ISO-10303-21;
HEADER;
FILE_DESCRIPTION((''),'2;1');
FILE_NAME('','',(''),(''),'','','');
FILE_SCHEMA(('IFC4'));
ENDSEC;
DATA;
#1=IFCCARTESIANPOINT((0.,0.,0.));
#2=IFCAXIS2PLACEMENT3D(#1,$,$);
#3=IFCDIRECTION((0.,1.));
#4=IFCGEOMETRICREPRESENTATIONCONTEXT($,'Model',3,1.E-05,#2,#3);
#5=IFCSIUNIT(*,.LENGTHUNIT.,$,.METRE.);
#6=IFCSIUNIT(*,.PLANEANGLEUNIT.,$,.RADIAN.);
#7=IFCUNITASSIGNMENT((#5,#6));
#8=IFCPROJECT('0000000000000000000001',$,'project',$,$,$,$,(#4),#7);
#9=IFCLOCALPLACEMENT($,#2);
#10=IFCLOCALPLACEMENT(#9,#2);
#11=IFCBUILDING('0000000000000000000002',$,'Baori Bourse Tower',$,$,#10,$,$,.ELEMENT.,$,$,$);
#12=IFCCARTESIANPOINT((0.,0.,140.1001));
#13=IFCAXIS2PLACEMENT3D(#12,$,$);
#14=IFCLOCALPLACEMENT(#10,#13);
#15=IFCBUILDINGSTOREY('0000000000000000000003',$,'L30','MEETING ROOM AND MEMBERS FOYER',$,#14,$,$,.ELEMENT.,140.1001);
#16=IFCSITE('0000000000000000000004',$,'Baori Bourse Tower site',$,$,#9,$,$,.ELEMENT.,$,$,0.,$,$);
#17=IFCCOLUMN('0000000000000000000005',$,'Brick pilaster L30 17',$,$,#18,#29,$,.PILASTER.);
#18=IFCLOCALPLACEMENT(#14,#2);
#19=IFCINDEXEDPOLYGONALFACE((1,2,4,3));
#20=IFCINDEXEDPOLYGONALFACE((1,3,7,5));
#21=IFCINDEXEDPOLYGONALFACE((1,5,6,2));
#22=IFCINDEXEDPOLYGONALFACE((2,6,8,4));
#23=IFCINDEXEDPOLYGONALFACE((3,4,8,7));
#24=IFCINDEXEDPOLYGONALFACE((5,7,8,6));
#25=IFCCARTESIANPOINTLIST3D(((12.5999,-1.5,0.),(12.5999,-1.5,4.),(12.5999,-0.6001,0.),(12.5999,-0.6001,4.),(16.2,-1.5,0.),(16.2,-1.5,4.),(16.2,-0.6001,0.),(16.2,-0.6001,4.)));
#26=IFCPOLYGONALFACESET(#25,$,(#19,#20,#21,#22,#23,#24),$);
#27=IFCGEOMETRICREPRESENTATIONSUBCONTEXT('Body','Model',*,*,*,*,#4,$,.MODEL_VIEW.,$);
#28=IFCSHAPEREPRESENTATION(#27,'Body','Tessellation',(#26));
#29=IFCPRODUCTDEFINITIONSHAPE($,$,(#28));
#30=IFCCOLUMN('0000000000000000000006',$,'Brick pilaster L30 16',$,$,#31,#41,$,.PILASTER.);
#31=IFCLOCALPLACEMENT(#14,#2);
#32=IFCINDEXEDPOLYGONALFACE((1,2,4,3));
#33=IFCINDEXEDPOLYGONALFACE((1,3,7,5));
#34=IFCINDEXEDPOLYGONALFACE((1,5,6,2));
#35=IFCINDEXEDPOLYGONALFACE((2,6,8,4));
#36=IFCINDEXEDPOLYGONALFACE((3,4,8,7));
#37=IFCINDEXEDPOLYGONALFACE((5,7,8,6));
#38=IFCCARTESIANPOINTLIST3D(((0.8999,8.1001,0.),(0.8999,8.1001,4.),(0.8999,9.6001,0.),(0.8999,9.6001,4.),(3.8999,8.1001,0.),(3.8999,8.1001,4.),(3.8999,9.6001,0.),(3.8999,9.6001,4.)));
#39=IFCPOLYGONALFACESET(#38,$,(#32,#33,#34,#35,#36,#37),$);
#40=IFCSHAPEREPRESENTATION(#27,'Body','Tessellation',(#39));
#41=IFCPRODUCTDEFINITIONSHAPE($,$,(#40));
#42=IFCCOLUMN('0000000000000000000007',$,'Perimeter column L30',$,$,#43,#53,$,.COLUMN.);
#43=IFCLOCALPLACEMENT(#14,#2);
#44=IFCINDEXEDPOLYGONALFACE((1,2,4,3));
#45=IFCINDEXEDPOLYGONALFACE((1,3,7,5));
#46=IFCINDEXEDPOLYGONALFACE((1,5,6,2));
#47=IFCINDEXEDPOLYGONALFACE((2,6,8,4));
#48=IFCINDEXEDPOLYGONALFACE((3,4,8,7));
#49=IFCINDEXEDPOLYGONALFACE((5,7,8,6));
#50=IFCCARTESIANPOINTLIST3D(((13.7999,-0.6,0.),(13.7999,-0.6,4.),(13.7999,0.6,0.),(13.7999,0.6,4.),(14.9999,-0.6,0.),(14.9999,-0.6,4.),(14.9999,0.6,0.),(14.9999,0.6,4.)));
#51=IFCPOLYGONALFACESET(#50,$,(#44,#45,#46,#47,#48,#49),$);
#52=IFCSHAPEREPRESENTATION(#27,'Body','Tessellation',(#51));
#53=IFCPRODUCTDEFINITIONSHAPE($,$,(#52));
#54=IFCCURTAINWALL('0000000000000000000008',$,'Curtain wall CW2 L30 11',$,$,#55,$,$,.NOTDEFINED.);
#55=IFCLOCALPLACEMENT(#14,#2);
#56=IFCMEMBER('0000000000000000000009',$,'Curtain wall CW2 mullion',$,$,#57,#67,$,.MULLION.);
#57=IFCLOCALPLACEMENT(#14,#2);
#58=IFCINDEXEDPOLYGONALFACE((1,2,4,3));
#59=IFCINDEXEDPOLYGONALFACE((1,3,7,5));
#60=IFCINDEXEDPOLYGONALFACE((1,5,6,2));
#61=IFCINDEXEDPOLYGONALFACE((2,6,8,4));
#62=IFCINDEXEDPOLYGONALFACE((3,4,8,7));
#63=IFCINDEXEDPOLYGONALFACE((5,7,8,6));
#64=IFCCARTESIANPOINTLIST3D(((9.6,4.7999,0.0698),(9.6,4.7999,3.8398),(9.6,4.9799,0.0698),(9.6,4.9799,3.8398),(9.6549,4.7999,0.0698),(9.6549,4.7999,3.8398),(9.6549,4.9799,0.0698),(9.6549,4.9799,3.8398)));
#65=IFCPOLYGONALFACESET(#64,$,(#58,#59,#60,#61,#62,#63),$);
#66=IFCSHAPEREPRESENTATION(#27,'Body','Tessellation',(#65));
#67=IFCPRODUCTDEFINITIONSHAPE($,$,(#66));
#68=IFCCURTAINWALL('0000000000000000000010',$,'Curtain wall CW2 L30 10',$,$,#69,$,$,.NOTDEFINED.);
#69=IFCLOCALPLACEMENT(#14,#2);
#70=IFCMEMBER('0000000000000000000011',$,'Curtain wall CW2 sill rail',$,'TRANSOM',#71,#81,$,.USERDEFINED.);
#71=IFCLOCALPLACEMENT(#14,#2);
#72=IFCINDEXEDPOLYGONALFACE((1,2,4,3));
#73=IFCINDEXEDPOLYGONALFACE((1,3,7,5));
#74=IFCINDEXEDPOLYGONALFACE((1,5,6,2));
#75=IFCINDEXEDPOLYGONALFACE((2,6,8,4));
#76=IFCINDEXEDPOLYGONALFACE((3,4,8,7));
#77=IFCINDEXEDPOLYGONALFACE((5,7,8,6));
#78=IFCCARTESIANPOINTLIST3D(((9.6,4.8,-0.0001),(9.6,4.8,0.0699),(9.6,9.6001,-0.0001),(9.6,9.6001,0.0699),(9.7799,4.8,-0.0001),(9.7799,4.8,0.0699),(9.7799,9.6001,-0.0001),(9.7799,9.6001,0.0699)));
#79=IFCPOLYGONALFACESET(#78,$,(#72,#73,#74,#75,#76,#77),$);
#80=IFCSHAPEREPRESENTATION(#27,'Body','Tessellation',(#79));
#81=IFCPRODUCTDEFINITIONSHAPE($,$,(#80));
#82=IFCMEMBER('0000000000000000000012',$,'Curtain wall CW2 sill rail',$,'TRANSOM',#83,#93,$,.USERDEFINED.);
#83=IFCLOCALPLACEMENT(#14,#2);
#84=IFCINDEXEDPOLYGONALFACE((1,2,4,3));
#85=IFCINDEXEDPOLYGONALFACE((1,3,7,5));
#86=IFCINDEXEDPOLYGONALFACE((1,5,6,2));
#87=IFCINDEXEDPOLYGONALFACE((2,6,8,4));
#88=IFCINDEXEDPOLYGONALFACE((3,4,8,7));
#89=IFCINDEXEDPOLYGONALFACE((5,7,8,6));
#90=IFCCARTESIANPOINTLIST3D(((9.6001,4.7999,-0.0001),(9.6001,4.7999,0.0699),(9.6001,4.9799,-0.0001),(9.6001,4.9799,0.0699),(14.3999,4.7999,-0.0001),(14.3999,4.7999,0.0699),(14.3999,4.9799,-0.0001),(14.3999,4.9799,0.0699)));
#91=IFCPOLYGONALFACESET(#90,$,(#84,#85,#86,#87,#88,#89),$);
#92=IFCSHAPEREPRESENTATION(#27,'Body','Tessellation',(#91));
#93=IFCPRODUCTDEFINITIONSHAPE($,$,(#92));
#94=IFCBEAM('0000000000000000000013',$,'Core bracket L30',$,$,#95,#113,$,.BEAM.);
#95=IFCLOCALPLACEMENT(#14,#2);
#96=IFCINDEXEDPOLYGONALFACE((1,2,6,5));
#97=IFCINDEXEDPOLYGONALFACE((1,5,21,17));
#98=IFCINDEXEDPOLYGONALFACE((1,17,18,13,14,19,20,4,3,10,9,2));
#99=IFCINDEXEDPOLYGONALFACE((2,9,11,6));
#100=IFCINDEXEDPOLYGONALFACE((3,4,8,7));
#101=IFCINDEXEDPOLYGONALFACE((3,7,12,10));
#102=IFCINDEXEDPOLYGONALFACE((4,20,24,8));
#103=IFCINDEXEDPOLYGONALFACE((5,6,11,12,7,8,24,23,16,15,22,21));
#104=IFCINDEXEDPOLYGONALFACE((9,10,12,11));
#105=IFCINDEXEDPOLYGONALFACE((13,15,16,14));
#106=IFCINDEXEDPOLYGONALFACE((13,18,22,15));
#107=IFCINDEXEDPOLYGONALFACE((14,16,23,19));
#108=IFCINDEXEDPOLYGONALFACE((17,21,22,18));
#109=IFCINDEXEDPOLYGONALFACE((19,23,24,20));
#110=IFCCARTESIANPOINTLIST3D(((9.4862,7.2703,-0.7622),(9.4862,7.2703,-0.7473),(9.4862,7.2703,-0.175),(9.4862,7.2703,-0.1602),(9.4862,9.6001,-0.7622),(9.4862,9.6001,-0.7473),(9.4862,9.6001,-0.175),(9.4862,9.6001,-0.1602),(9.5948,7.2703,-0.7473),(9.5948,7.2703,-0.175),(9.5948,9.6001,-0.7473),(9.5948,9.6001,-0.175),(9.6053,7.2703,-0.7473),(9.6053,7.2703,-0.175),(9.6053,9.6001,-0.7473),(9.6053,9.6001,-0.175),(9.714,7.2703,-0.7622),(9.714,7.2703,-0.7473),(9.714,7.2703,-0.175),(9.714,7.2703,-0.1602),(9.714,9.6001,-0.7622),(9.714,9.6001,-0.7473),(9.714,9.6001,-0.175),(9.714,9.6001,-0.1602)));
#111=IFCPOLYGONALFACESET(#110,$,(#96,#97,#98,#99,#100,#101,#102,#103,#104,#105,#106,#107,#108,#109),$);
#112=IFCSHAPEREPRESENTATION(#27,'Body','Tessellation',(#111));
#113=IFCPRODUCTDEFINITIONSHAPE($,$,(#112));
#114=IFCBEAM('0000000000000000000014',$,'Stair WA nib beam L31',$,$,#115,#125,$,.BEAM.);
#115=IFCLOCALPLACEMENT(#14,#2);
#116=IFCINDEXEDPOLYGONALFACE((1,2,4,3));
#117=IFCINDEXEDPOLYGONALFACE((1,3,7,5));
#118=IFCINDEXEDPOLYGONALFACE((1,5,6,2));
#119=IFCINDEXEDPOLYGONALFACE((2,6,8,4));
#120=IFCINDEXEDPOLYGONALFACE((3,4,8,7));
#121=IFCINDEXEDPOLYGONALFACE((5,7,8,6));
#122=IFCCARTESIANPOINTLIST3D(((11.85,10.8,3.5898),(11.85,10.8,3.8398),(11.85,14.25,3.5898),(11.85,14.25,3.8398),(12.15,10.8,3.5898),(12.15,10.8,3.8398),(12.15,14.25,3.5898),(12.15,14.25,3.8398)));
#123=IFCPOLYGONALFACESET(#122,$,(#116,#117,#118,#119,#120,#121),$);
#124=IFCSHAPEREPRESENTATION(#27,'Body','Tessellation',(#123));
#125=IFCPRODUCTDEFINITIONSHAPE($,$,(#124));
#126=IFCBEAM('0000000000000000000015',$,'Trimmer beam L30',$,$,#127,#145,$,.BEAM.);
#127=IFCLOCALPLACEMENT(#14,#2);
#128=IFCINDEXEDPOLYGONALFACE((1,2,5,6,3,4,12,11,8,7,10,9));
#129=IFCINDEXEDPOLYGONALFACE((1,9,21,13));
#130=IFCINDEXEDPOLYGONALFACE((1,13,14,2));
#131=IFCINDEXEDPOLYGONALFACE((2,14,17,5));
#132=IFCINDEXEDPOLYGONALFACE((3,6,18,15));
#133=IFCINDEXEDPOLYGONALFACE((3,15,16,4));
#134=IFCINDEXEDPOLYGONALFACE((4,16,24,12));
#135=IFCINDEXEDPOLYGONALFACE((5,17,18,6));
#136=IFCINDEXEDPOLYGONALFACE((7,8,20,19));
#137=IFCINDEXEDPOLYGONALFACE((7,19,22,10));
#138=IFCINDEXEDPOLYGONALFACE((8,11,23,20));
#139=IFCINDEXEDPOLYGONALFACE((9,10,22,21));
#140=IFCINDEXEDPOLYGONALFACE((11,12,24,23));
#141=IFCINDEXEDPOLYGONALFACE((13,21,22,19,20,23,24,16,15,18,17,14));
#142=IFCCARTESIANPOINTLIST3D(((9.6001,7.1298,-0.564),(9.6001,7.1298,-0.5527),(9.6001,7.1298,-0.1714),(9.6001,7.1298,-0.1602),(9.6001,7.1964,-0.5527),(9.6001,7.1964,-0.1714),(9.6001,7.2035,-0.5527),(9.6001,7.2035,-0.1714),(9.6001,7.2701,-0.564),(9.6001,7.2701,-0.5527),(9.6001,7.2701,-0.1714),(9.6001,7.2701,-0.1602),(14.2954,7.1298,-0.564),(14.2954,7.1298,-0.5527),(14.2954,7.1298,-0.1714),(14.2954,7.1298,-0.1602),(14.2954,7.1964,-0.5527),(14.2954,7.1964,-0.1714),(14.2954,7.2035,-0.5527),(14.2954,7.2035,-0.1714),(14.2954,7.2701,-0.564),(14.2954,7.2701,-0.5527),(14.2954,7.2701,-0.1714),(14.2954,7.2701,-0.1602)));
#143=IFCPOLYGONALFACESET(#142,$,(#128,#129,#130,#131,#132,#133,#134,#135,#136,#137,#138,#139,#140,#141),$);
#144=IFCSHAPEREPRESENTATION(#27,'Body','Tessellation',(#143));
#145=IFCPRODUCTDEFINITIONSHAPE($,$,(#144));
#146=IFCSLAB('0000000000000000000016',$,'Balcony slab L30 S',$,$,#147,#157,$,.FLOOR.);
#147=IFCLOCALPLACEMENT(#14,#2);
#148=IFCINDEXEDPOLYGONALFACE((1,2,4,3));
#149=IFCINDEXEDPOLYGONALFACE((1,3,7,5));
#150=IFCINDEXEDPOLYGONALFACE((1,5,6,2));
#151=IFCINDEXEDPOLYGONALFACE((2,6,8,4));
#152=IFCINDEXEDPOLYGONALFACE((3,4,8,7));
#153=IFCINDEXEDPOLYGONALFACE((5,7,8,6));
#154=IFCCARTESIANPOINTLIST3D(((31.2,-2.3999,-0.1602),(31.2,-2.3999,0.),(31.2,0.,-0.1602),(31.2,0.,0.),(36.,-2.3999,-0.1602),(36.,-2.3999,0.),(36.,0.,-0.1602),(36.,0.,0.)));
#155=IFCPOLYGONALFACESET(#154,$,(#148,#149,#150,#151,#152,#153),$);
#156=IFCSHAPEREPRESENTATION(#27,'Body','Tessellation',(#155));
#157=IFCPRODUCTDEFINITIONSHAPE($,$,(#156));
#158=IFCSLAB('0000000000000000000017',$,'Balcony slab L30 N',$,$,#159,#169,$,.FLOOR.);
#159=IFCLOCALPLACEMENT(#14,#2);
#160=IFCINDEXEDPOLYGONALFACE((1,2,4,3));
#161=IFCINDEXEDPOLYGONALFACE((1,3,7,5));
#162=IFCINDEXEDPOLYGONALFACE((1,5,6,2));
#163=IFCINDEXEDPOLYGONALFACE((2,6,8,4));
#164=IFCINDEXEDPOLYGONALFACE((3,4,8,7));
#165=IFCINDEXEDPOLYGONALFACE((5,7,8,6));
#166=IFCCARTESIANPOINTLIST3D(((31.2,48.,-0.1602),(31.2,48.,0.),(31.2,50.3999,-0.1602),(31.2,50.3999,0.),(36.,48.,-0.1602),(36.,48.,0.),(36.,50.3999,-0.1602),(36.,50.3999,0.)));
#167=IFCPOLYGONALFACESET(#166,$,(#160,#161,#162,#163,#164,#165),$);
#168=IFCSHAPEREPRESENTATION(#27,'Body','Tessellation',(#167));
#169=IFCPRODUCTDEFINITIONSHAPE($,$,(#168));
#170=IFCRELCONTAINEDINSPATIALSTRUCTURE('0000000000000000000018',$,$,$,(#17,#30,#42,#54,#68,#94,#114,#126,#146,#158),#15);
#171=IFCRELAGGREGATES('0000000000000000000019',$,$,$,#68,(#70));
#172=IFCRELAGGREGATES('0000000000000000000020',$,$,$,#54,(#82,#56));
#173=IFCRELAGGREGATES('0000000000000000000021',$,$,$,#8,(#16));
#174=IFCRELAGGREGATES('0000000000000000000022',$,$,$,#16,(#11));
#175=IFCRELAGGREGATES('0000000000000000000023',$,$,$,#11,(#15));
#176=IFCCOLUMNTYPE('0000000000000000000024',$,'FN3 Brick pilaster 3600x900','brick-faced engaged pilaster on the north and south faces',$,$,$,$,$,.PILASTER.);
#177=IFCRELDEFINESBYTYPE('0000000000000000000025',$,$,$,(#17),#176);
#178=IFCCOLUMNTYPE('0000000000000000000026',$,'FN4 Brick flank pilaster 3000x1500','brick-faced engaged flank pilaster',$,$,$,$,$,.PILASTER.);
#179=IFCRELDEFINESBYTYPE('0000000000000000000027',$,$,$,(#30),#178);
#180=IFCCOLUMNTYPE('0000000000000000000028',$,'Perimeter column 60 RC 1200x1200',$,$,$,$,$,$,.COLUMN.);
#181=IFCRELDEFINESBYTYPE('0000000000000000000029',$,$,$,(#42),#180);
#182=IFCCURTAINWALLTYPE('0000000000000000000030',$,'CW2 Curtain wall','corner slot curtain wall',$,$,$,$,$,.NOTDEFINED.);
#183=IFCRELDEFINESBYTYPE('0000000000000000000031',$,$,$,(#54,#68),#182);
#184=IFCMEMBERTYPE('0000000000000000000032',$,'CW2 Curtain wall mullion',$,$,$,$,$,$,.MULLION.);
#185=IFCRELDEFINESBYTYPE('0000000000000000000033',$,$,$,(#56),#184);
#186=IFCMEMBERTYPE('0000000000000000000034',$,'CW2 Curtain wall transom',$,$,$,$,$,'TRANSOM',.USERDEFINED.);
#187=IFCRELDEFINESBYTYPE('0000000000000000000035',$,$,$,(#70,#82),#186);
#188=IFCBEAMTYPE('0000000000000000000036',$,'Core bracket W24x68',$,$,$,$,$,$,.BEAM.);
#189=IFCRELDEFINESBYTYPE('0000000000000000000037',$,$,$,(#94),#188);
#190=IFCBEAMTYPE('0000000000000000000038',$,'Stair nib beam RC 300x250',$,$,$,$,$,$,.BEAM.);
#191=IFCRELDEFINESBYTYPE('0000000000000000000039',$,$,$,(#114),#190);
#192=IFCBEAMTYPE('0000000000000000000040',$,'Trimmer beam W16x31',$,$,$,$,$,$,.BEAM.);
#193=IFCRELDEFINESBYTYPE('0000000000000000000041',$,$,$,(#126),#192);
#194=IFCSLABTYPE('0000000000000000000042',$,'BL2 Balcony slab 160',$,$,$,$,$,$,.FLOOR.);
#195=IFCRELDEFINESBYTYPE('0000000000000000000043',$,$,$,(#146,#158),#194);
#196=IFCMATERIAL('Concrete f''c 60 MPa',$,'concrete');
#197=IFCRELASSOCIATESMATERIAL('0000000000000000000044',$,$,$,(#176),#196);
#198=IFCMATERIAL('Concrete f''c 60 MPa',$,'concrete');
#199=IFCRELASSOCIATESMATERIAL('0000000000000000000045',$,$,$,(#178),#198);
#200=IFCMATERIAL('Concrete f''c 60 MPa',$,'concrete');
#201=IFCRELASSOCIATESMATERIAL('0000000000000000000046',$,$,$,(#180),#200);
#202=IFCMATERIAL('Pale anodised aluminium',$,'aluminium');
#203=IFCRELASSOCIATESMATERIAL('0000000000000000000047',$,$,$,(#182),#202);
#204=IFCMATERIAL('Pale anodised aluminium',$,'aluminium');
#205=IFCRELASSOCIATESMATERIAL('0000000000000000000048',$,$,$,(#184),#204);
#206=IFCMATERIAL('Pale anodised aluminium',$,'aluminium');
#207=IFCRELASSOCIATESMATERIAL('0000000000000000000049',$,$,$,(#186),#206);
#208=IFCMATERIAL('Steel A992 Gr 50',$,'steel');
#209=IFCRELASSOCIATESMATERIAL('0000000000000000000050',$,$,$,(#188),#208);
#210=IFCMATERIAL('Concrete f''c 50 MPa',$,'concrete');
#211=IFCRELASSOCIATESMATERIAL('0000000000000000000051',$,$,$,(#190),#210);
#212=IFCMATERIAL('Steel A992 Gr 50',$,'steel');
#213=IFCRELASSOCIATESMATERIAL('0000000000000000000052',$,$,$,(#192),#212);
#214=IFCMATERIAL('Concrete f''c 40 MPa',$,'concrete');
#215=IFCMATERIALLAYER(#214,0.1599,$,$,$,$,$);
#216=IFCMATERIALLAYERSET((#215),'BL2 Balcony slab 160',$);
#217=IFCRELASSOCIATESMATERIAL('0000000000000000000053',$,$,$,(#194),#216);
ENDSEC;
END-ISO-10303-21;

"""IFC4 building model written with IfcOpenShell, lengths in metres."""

from ifc_helpers import new_model, si_unit, direction, frame, origin, origin_2d, place, context, subcontext, project, spatial, polyline, rectangle, i_section, outline, extrude, material, layer, layer_set, material_profile, profile_set, type_object, element, aggregate, save


model = new_model("IFC4")

# Units and contexts
model_context = context("Model", 3, precision=1e-05, world=origin(), true_north=direction((0.0, 1.0)))
body_context = subcontext(model_context, "Body", "Model", "MODEL_VIEW")
ifc_project = project(units=[si_unit("LENGTHUNIT", "METRE"), si_unit("PLANEANGLEUNIT", "RADIAN")], contexts=[model_context])

# Site, building, storey
site_placement = place(None, origin())
site = spatial("IfcSite", under=ifc_project, at=site_placement, Name="Baori Bourse Tower site", CompositionType="ELEMENT", RefElevation=0.0)
building_placement = place(site_placement, origin())
building = spatial("IfcBuilding", under=site, at=building_placement, Name="Baori Bourse Tower", CompositionType="ELEMENT")
storey_placement = place(building_placement, frame((0.0, 0.0, 140.1001)))
storey = spatial("IfcBuildingStorey", under=building, at=storey_placement, Name="L30", Description="MEETING ROOM AND MEMBERS FOYER", CompositionType="ELEMENT", Elevation=140.1001)

# Columns
ifc_material_1 = material(Name="Concrete f'c 60 MPa", Category="concrete")
ifc_material_profile_1 = material_profile(ifc_material_1, rectangle(XDim=3.6001, YDim=0.8999, at=origin_2d()), Name="RC 3600x900")
ifc_profile_set_1 = profile_set([ifc_material_profile_1], Name="Concrete f'c 60 MPa")
column_type_1 = type_object("IfcColumnType", Name="FN3 Brick pilaster 3600x900", Description="brick-faced engaged pilaster on the north and south faces", PredefinedType="PILASTER", material=ifc_profile_set_1)
column_1_placement = place(storey_placement, frame((14.3999, -1.05, 0.0), z_axis=(0.0, 0.0, 1.0), x_axis=(1.0, 0.0, 0.0)))
element("IfcColumn", 1, at=column_1_placement, inside=storey, type_object=column_type_1, Name="Brick pilaster L30 17", PredefinedType="PILASTER", context=body_context, shape_type="SweptSolid", body=[
    extrude(rectangle(XDim=3.6001, YDim=0.8999, at=origin_2d()), origin(), (0.0, 0.0, 1.0), 4.0),
])
ifc_material_2 = material(Name="Concrete f'c 60 MPa", Category="concrete")
ifc_material_profile_2 = material_profile(ifc_material_2, rectangle(XDim=3.0, YDim=1.5, at=origin_2d()), Name="RC 3000x1500")
ifc_profile_set_2 = profile_set([ifc_material_profile_2], Name="Concrete f'c 60 MPa")
column_type_2 = type_object("IfcColumnType", Name="FN4 Brick flank pilaster 3000x1500", Description="brick-faced engaged flank pilaster", PredefinedType="PILASTER", material=ifc_profile_set_2)
column_2_placement = place(storey_placement, frame((2.3999, 8.8501, 0.0), z_axis=(0.0, 0.0, 1.0), x_axis=(1.0, 0.0, 0.0)))
element("IfcColumn", 2, at=column_2_placement, inside=storey, type_object=column_type_2, Name="Brick pilaster L30 16", PredefinedType="PILASTER", context=body_context, shape_type="SweptSolid", body=[
    extrude(rectangle(XDim=3.0, YDim=1.5, at=origin_2d()), origin(), (0.0, 0.0, 1.0), 4.0),
])
ifc_material_3 = material(Name="Concrete f'c 60 MPa", Category="concrete")
ifc_material_profile_3 = material_profile(ifc_material_3, rectangle(XDim=1.2, YDim=1.2, at=origin_2d()), Name="RC 1200x1200")
ifc_profile_set_3 = profile_set([ifc_material_profile_3], Name="Concrete f'c 60 MPa")
column_type_3 = type_object("IfcColumnType", Name="Perimeter column 60 RC 1200x1200", PredefinedType="COLUMN", material=ifc_profile_set_3)
column_3_placement = place(storey_placement, frame((14.3999, 0.0, 0.0), z_axis=(0.0, 0.0, 1.0), x_axis=(1.0, 0.0, 0.0)))
element("IfcColumn", 3, at=column_3_placement, inside=storey, type_object=column_type_3, Name="Perimeter column L30", PredefinedType="COLUMN", context=body_context, shape_type="SweptSolid", body=[
    extrude(rectangle(XDim=1.2, YDim=1.2, at=origin_2d()), origin(), (0.0, 0.0, 1.0), 4.0),
])

# Curtain walls, members
ifc_material_4 = material(Name="Pale anodised aluminium", Category="aluminium")
curtain_wall_type = type_object("IfcCurtainWallType", Name="CW2 Curtain wall", Description="corner slot curtain wall", PredefinedType="NOTDEFINED", material=ifc_material_4)
curtain_wall_1_placement = place(storey_placement, origin())
curtain_wall_1 = element("IfcCurtainWall", 4, at=curtain_wall_1_placement, inside=storey, type_object=curtain_wall_type, Name="Curtain wall CW2 L30 11", PredefinedType="NOTDEFINED")
ifc_material_5 = material(Name="Pale anodised aluminium", Category="aluminium")
ifc_material_profile_4 = material_profile(ifc_material_5, rectangle(XDim=0.1799, YDim=0.0549, at=origin_2d()), Name="Mullion 55x180")
ifc_profile_set_4 = profile_set([ifc_material_profile_4], Name="Pale anodised aluminium")
member_type_1 = type_object("IfcMemberType", Name="CW2 Curtain wall mullion", PredefinedType="MULLION", material=ifc_profile_set_4)
member_1_placement = place(storey_placement, frame((9.6274, 4.8899, 0.0698), z_axis=(0.0, 0.0, 1.0), x_axis=(0.0, 1.0, 0.0)))
member_1 = element("IfcMember", 5, at=member_1_placement, type_object=member_type_1, Name="Curtain wall CW2 mullion", PredefinedType="MULLION", context=body_context, shape_type="SweptSolid", body=[
    extrude(rectangle(XDim=0.1799, YDim=0.0549, at=origin_2d()), origin(), (0.0, 0.0, 1.0), 3.77),
])
curtain_wall_2_placement = place(storey_placement, origin())
curtain_wall_2 = element("IfcCurtainWall", 6, at=curtain_wall_2_placement, inside=storey, type_object=curtain_wall_type, Name="Curtain wall CW2 L30 10", PredefinedType="NOTDEFINED")
ifc_material_6 = material(Name="Pale anodised aluminium", Category="aluminium")
ifc_material_profile_5 = material_profile(ifc_material_6, rectangle(XDim=0.1799, YDim=0.0701, at=origin_2d()), Name="Transom 70x180")
ifc_profile_set_5 = profile_set([ifc_material_profile_5], Name="Pale anodised aluminium")
member_type_2 = type_object("IfcMemberType", Name="CW2 Curtain wall transom", ElementType="TRANSOM", PredefinedType="USERDEFINED", material=ifc_profile_set_5)
member_2_placement = place(storey_placement, frame((9.6899, 9.6001, 0.0349), z_axis=(0.0, -1.0, 0.0), x_axis=(1.0, 0.0, 0.0)))
member_2 = element("IfcMember", 7, at=member_2_placement, type_object=member_type_2, Name="Curtain wall CW2 sill rail", ObjectType="TRANSOM", PredefinedType="USERDEFINED", context=body_context, shape_type="SweptSolid", body=[
    extrude(rectangle(XDim=0.1799, YDim=0.0701, at=origin_2d()), origin(), (0.0, 0.0, 1.0), 4.8),
])

# Member
member_3_placement = place(storey_placement, frame((9.6001, 4.8899, 0.0349), z_axis=(1.0, 0.0, 0.0), x_axis=(0.0, 1.0, 0.0)))
member_3 = element("IfcMember", 8, at=member_3_placement, type_object=member_type_2, Name="Curtain wall CW2 sill rail", ObjectType="TRANSOM", PredefinedType="USERDEFINED", context=body_context, shape_type="SweptSolid", body=[
    extrude(rectangle(XDim=0.1799, YDim=0.0701, at=origin_2d()), origin(), (0.0, 0.0, 1.0), 4.7998),
])

# Beams
ifc_material_7 = material(Name="Steel A992 Gr 50", Category="steel")
ifc_material_profile_6 = material_profile(ifc_material_7, i_section(OverallWidth=0.2278, OverallDepth=0.6021, WebThickness=0.0105, FlangeThickness=0.0149, at=origin_2d()), Name="W24x68")
ifc_profile_set_6 = profile_set([ifc_material_profile_6], Name="Steel A992 Gr 50")
beam_type_1 = type_object("IfcBeamType", Name="Core bracket W24x68", PredefinedType="BEAM", material=ifc_profile_set_6)
beam_1_placement = place(storey_placement, frame((9.6001, 7.2703, -0.4612), z_axis=(0.0, 1.0, 0.0), x_axis=(-1.0, 0.0, 0.0)))
element("IfcBeam", 9, at=beam_1_placement, inside=storey, type_object=beam_type_1, Name="Core bracket L30", PredefinedType="BEAM", context=body_context, shape_type="SweptSolid", body=[
    extrude(i_section(OverallWidth=0.2278, OverallDepth=0.6021, WebThickness=0.0105, FlangeThickness=0.0149, at=origin_2d()), origin(), (0.0, 0.0, 1.0), 2.3298),
])
ifc_material_8 = material(Name="Concrete f'c 50 MPa", Category="concrete")
ifc_material_profile_7 = material_profile(ifc_material_8, rectangle(XDim=0.3, YDim=0.25, at=origin_2d()), Name="RC 300x250")
ifc_profile_set_7 = profile_set([ifc_material_profile_7], Name="Concrete f'c 50 MPa")
beam_type_2 = type_object("IfcBeamType", Name="Stair nib beam RC 300x250", PredefinedType="BEAM", material=ifc_profile_set_7)
beam_2_placement = place(storey_placement, frame((12.0, 10.8, 3.7148), z_axis=(0.0, 1.0, 0.0), x_axis=(-1.0, 0.0, 0.0)))
element("IfcBeam", 10, at=beam_2_placement, inside=storey, type_object=beam_type_2, Name="Stair WA nib beam L31", PredefinedType="BEAM", context=body_context, shape_type="SweptSolid", body=[
    extrude(rectangle(XDim=0.3, YDim=0.25, at=origin_2d()), origin(), (0.0, 0.0, 1.0), 3.45),
])
ifc_material_9 = material(Name="Steel A992 Gr 50", Category="steel")
ifc_material_profile_8 = material_profile(ifc_material_9, i_section(OverallWidth=0.1404, OverallDepth=0.4038, WebThickness=0.0071, FlangeThickness=0.0112, at=origin_2d()), Name="W16x31")
ifc_profile_set_8 = profile_set([ifc_material_profile_8], Name="Steel A992 Gr 50")
beam_type_3 = type_object("IfcBeamType", Name="Trimmer beam W16x31", PredefinedType="BEAM", material=ifc_profile_set_8)
beam_3_placement = place(storey_placement, frame((9.6001, 7.2, -0.3621), z_axis=(1.0, 0.0, 0.0), x_axis=(0.0, 1.0, 0.0)))
element("IfcBeam", 11, at=beam_3_placement, inside=storey, type_object=beam_type_3, Name="Trimmer beam L30", PredefinedType="BEAM", context=body_context, shape_type="SweptSolid", body=[
    extrude(i_section(OverallWidth=0.1404, OverallDepth=0.4038, WebThickness=0.0071, FlangeThickness=0.0112, at=origin_2d()), origin(), (0.0, 0.0, 1.0), 4.6953),
])

# Slabs
ifc_material_10 = material(Name="Concrete f'c 40 MPa", Category="concrete")
ifc_layer_1 = layer(ifc_material_10, 0.1599)
ifc_layer_set_1 = layer_set([ifc_layer_1], Name="BL2 Balcony slab 160")
slab_type = type_object("IfcSlabType", Name="BL2 Balcony slab 160", PredefinedType="FLOOR", material=ifc_layer_set_1)
slab_1_placement = place(storey_placement, frame((0.0, 0.0, -0.1602)))
element("IfcSlab", 12, at=slab_1_placement, inside=storey, type_object=slab_type, Name="Balcony slab L30 S", PredefinedType="FLOOR", context=body_context, shape_type="SweptSolid", body=[
    extrude(outline(polyline([(31.2, 0.0), (31.2, -2.3999), (36.0, -2.3999), (36.0, 0.0), (31.2, 0.0)])), origin(), (0.0, 0.0, 1.0), 0.1602),
])
slab_2_placement = place(storey_placement, frame((0.0, 0.0, -0.1602)))
element("IfcSlab", 13, at=slab_2_placement, inside=storey, type_object=slab_type, Name="Balcony slab L30 N", PredefinedType="FLOOR", context=body_context, shape_type="SweptSolid", body=[
    extrude(outline(polyline([(31.2, 48.0), (36.0, 48.0), (36.0, 50.3999), (31.2, 50.3999), (31.2, 48.0)])), origin(), (0.0, 0.0, 1.0), 0.1602),
])

aggregate(curtain_wall_2, [member_2])
aggregate(curtain_wall_1, [member_3, member_1])

save(model, "model.ifc")
